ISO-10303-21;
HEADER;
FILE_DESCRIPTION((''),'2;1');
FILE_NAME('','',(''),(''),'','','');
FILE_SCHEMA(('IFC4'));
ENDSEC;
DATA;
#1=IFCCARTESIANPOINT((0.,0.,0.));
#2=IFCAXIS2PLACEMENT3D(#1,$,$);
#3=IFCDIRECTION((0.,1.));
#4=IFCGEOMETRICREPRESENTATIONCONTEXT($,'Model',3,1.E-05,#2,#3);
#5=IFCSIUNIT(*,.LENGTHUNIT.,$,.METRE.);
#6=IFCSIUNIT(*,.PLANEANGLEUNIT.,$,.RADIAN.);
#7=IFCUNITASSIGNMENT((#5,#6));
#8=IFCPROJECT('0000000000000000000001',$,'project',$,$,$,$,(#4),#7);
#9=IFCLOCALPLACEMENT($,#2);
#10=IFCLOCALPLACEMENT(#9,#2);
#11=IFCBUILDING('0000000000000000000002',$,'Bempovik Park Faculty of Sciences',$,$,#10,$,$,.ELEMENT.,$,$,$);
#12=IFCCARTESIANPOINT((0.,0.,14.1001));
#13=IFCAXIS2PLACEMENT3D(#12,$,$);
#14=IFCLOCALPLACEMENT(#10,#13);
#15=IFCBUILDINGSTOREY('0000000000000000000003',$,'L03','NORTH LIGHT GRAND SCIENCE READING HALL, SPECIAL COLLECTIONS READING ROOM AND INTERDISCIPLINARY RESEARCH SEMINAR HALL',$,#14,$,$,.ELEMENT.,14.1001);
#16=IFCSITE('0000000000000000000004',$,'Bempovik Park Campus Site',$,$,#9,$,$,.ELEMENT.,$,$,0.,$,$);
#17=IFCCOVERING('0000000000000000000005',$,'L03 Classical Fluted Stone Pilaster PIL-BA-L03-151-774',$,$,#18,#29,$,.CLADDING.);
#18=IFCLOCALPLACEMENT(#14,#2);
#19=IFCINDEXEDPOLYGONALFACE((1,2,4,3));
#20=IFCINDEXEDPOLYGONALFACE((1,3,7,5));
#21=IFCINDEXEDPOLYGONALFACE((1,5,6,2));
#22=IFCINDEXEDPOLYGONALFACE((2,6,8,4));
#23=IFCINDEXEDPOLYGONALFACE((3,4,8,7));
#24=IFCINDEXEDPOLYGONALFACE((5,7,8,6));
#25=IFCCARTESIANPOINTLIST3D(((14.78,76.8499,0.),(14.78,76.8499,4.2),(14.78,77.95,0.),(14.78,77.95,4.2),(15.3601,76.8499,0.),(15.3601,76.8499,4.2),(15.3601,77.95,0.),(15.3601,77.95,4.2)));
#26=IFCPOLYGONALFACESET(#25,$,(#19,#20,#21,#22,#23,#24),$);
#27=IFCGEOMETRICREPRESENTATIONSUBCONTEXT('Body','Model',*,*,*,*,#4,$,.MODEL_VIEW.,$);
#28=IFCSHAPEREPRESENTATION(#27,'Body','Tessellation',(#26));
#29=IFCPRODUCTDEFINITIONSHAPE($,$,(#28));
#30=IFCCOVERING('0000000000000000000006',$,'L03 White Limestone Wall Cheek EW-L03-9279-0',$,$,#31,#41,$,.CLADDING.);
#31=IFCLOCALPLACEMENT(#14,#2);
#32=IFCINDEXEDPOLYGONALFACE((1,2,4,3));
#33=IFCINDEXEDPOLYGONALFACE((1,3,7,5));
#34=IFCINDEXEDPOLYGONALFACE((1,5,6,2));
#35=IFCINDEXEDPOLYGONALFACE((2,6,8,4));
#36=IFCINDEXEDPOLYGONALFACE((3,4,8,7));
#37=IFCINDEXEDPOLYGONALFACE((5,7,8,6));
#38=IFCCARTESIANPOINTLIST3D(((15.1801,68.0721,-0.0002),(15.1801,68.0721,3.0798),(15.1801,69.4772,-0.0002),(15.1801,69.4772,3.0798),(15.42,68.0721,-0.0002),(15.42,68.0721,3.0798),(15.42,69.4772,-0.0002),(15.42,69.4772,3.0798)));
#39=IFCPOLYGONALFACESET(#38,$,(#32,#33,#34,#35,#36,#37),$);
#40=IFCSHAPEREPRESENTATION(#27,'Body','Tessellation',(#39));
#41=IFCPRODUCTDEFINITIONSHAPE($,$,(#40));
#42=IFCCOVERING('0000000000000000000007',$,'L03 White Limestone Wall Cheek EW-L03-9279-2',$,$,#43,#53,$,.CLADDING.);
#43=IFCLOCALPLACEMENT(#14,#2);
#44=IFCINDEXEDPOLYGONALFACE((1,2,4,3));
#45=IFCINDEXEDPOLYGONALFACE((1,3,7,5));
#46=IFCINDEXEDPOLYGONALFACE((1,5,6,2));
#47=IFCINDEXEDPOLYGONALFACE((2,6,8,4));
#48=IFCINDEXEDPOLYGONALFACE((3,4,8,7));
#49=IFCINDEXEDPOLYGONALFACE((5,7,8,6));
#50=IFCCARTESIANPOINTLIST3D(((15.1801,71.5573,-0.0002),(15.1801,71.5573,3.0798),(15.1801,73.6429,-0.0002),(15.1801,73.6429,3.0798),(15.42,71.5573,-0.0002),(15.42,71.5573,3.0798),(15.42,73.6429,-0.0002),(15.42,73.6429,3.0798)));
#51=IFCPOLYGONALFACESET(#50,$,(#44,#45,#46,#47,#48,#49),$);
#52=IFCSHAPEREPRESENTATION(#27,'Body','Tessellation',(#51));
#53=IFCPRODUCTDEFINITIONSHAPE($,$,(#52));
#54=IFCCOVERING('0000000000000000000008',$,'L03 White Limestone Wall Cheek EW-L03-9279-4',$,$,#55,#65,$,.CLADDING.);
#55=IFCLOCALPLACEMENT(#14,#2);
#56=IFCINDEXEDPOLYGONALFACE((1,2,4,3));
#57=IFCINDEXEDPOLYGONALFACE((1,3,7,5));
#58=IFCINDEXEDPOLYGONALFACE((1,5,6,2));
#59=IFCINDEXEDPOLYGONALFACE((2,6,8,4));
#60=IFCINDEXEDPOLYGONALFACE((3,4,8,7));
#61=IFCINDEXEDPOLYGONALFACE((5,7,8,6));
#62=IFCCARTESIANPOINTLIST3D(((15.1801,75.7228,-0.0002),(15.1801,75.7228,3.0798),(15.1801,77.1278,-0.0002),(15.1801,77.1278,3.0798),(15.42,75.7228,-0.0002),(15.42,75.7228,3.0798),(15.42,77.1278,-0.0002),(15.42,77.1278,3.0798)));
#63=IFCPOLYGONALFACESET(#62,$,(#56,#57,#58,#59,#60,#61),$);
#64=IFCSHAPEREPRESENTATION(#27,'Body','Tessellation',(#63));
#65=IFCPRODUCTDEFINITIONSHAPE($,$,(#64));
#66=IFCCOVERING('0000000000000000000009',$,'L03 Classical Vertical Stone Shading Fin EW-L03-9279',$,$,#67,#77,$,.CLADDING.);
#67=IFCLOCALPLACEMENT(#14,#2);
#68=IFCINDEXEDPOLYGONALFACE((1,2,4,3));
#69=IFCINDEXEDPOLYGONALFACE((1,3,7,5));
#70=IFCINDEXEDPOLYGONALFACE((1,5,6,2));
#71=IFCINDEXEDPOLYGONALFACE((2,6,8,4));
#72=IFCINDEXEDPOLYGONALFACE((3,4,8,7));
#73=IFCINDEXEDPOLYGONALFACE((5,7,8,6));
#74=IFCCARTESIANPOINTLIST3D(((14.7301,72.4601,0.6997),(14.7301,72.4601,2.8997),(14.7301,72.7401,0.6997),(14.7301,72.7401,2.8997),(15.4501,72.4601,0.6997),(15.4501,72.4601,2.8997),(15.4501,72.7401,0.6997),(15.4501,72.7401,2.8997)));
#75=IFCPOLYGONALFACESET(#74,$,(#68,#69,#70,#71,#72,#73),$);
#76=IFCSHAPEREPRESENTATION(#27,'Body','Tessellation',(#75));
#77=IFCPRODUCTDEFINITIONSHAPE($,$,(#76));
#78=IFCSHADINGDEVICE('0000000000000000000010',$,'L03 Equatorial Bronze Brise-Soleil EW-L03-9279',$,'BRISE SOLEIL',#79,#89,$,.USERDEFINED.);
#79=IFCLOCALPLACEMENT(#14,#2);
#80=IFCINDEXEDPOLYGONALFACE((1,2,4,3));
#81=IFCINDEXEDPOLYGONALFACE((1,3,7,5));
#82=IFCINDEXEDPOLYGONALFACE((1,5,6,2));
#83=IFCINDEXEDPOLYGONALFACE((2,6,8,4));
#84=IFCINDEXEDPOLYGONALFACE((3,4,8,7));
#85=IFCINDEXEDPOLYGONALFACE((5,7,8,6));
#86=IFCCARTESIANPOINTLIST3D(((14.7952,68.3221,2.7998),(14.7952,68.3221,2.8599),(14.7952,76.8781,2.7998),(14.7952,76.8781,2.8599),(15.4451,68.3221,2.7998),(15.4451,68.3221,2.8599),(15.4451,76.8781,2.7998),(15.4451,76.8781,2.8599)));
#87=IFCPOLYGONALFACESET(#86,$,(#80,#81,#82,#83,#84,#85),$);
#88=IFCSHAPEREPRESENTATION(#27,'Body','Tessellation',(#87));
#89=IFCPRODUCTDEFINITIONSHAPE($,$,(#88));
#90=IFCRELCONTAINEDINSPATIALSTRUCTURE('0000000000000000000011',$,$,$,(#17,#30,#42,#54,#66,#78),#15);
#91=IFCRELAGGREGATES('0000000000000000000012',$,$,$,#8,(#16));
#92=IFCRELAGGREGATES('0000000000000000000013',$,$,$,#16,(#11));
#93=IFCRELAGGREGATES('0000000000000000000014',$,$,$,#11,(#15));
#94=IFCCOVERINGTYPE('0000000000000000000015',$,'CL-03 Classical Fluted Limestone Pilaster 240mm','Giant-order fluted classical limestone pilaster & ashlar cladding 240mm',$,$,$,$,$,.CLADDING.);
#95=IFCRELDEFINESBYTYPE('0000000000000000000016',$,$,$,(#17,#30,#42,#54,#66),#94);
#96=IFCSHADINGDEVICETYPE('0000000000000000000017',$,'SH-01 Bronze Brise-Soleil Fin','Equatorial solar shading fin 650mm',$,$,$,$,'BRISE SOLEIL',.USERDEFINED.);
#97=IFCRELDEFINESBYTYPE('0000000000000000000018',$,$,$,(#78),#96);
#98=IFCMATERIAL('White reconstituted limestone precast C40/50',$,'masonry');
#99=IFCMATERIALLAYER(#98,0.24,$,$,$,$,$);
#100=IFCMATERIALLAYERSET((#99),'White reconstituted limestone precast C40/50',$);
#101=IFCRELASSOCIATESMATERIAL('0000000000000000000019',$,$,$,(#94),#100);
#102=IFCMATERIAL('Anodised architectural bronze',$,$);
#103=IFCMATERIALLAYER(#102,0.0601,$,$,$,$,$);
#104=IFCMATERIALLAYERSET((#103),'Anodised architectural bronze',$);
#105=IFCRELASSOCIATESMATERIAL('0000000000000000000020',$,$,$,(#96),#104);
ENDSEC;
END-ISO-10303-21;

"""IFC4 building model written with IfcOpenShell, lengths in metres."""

from ifc_helpers import new_model, si_unit, direction, frame, origin, origin_2d, place, context, subcontext, project, spatial, rectangle, extrude, material, layer, layer_set, type_object, element, save


model = new_model("IFC4")

# Units and contexts
model_context = context("Model", 3, precision=1e-05, world=origin(), true_north=direction((0.0, 1.0)))
body_context = subcontext(model_context, "Body", "Model", "MODEL_VIEW")
ifc_project = project(units=[si_unit("LENGTHUNIT", "METRE"), si_unit("PLANEANGLEUNIT", "RADIAN")], contexts=[model_context])

# Site, building, storey
site_placement = place(None, origin())
site = spatial("IfcSite", under=ifc_project, at=site_placement, Name="Bempovik Park Campus Site", CompositionType="ELEMENT", RefElevation=0.0)
building_placement = place(site_placement, origin())
building = spatial("IfcBuilding", under=site, at=building_placement, Name="Bempovik Park Faculty of Sciences", CompositionType="ELEMENT")
storey_placement = place(building_placement, frame((0.0, 0.0, 14.1001)))
storey = spatial("IfcBuildingStorey", under=building, at=storey_placement, Name="L03", Description="NORTH LIGHT GRAND SCIENCE READING HALL, SPECIAL COLLECTIONS READING ROOM AND INTERDISCIPLINARY RESEARCH SEMINAR HALL", CompositionType="ELEMENT", Elevation=14.1001)

# Coverings
ifc_material_1 = material(Name="White reconstituted limestone precast C40/50", Category="masonry")
ifc_layer_1 = layer(ifc_material_1, 0.24)
ifc_layer_set_1 = layer_set([ifc_layer_1], Name="White reconstituted limestone precast C40/50")
covering_type_1 = type_object("IfcCoveringType", Name="CL-03 Classical Fluted Limestone Pilaster 240mm", Description="Giant-order fluted classical limestone pilaster & ashlar cladding 240mm", PredefinedType="CLADDING", material=ifc_layer_set_1)
covering_1_placement = place(storey_placement, frame((15.0701, 77.3999, 0.0), z_axis=(0.0, 0.0, 1.0), x_axis=(1.0, 0.0, 0.0)))
element("IfcCovering", 1, at=covering_1_placement, inside=storey, type_object=covering_type_1, Name="L03 Classical Fluted Stone Pilaster PIL-BA-L03-151-774", PredefinedType="CLADDING", context=body_context, shape_type="SweptSolid", body=[
    extrude(rectangle(XDim=0.5801, YDim=1.1001, at=origin_2d()), origin(), (0.0, 0.0, 1.0), 4.2),
])
covering_2_placement = place(storey_placement, frame((15.3, 68.7747, -0.0002), z_axis=(0.0, 0.0, 1.0), x_axis=(1.0, 0.0, 0.0)))
element("IfcCovering", 2, at=covering_2_placement, inside=storey, type_object=covering_type_1, Name="L03 White Limestone Wall Cheek EW-L03-9279-0", PredefinedType="CLADDING", context=body_context, shape_type="SweptSolid", body=[
    extrude(rectangle(XDim=0.24, YDim=1.405, at=origin_2d()), origin(), (0.0, 0.0, 1.0), 3.0801),
])
covering_3_placement = place(storey_placement, frame((15.3, 72.6001, -0.0002), z_axis=(0.0, 0.0, 1.0), x_axis=(1.0, 0.0, 0.0)))
element("IfcCovering", 3, at=covering_3_placement, inside=storey, type_object=covering_type_1, Name="L03 White Limestone Wall Cheek EW-L03-9279-2", PredefinedType="CLADDING", context=body_context, shape_type="SweptSolid", body=[
    extrude(rectangle(XDim=0.24, YDim=2.0857, at=origin_2d()), origin(), (0.0, 0.0, 1.0), 3.0801),
])
covering_4_placement = place(storey_placement, frame((15.3, 76.4253, -0.0002), z_axis=(0.0, 0.0, 1.0), x_axis=(1.0, 0.0, 0.0)))
element("IfcCovering", 4, at=covering_4_placement, inside=storey, type_object=covering_type_1, Name="L03 White Limestone Wall Cheek EW-L03-9279-4", PredefinedType="CLADDING", context=body_context, shape_type="SweptSolid", body=[
    extrude(rectangle(XDim=0.24, YDim=1.405, at=origin_2d()), origin(), (0.0, 0.0, 1.0), 3.0801),
])
covering_5_placement = place(storey_placement, frame((15.0901, 72.6001, 0.6997), z_axis=(0.0, 0.0, 1.0), x_axis=(1.0, 0.0, 0.0)))
element("IfcCovering", 5, at=covering_5_placement, inside=storey, type_object=covering_type_1, Name="L03 Classical Vertical Stone Shading Fin EW-L03-9279", PredefinedType="CLADDING", context=body_context, shape_type="SweptSolid", body=[
    extrude(rectangle(XDim=0.72, YDim=0.28, at=origin_2d()), origin(), (0.0, 0.0, 1.0), 2.2),
])

# Shading device
ifc_material_2 = material(Name="Anodised architectural bronze")
ifc_layer_2 = layer(ifc_material_2, 0.0601)
ifc_layer_set_2 = layer_set([ifc_layer_2], Name="Anodised architectural bronze")
shading_device_type = type_object("IfcShadingDeviceType", Name="SH-01 Bronze Brise-Soleil Fin", Description="Equatorial solar shading fin 650mm", ElementType="BRISE SOLEIL", PredefinedType="USERDEFINED", material=ifc_layer_set_2)
shading_device_placement = place(storey_placement, frame((15.1201, 72.6001, 2.7998), z_axis=(0.0, 0.0, 1.0), x_axis=(1.0, 0.0, 0.0)))
element("IfcShadingDevice", 6, at=shading_device_placement, inside=storey, type_object=shading_device_type, Name="L03 Equatorial Bronze Brise-Soleil EW-L03-9279", ObjectType="BRISE SOLEIL", PredefinedType="USERDEFINED", context=body_context, shape_type="SweptSolid", body=[
    extrude(rectangle(XDim=0.6499, YDim=8.5559, at=origin_2d()), origin(), (0.0, 0.0, 1.0), 0.0601),
])

save(model, "model.ifc")
